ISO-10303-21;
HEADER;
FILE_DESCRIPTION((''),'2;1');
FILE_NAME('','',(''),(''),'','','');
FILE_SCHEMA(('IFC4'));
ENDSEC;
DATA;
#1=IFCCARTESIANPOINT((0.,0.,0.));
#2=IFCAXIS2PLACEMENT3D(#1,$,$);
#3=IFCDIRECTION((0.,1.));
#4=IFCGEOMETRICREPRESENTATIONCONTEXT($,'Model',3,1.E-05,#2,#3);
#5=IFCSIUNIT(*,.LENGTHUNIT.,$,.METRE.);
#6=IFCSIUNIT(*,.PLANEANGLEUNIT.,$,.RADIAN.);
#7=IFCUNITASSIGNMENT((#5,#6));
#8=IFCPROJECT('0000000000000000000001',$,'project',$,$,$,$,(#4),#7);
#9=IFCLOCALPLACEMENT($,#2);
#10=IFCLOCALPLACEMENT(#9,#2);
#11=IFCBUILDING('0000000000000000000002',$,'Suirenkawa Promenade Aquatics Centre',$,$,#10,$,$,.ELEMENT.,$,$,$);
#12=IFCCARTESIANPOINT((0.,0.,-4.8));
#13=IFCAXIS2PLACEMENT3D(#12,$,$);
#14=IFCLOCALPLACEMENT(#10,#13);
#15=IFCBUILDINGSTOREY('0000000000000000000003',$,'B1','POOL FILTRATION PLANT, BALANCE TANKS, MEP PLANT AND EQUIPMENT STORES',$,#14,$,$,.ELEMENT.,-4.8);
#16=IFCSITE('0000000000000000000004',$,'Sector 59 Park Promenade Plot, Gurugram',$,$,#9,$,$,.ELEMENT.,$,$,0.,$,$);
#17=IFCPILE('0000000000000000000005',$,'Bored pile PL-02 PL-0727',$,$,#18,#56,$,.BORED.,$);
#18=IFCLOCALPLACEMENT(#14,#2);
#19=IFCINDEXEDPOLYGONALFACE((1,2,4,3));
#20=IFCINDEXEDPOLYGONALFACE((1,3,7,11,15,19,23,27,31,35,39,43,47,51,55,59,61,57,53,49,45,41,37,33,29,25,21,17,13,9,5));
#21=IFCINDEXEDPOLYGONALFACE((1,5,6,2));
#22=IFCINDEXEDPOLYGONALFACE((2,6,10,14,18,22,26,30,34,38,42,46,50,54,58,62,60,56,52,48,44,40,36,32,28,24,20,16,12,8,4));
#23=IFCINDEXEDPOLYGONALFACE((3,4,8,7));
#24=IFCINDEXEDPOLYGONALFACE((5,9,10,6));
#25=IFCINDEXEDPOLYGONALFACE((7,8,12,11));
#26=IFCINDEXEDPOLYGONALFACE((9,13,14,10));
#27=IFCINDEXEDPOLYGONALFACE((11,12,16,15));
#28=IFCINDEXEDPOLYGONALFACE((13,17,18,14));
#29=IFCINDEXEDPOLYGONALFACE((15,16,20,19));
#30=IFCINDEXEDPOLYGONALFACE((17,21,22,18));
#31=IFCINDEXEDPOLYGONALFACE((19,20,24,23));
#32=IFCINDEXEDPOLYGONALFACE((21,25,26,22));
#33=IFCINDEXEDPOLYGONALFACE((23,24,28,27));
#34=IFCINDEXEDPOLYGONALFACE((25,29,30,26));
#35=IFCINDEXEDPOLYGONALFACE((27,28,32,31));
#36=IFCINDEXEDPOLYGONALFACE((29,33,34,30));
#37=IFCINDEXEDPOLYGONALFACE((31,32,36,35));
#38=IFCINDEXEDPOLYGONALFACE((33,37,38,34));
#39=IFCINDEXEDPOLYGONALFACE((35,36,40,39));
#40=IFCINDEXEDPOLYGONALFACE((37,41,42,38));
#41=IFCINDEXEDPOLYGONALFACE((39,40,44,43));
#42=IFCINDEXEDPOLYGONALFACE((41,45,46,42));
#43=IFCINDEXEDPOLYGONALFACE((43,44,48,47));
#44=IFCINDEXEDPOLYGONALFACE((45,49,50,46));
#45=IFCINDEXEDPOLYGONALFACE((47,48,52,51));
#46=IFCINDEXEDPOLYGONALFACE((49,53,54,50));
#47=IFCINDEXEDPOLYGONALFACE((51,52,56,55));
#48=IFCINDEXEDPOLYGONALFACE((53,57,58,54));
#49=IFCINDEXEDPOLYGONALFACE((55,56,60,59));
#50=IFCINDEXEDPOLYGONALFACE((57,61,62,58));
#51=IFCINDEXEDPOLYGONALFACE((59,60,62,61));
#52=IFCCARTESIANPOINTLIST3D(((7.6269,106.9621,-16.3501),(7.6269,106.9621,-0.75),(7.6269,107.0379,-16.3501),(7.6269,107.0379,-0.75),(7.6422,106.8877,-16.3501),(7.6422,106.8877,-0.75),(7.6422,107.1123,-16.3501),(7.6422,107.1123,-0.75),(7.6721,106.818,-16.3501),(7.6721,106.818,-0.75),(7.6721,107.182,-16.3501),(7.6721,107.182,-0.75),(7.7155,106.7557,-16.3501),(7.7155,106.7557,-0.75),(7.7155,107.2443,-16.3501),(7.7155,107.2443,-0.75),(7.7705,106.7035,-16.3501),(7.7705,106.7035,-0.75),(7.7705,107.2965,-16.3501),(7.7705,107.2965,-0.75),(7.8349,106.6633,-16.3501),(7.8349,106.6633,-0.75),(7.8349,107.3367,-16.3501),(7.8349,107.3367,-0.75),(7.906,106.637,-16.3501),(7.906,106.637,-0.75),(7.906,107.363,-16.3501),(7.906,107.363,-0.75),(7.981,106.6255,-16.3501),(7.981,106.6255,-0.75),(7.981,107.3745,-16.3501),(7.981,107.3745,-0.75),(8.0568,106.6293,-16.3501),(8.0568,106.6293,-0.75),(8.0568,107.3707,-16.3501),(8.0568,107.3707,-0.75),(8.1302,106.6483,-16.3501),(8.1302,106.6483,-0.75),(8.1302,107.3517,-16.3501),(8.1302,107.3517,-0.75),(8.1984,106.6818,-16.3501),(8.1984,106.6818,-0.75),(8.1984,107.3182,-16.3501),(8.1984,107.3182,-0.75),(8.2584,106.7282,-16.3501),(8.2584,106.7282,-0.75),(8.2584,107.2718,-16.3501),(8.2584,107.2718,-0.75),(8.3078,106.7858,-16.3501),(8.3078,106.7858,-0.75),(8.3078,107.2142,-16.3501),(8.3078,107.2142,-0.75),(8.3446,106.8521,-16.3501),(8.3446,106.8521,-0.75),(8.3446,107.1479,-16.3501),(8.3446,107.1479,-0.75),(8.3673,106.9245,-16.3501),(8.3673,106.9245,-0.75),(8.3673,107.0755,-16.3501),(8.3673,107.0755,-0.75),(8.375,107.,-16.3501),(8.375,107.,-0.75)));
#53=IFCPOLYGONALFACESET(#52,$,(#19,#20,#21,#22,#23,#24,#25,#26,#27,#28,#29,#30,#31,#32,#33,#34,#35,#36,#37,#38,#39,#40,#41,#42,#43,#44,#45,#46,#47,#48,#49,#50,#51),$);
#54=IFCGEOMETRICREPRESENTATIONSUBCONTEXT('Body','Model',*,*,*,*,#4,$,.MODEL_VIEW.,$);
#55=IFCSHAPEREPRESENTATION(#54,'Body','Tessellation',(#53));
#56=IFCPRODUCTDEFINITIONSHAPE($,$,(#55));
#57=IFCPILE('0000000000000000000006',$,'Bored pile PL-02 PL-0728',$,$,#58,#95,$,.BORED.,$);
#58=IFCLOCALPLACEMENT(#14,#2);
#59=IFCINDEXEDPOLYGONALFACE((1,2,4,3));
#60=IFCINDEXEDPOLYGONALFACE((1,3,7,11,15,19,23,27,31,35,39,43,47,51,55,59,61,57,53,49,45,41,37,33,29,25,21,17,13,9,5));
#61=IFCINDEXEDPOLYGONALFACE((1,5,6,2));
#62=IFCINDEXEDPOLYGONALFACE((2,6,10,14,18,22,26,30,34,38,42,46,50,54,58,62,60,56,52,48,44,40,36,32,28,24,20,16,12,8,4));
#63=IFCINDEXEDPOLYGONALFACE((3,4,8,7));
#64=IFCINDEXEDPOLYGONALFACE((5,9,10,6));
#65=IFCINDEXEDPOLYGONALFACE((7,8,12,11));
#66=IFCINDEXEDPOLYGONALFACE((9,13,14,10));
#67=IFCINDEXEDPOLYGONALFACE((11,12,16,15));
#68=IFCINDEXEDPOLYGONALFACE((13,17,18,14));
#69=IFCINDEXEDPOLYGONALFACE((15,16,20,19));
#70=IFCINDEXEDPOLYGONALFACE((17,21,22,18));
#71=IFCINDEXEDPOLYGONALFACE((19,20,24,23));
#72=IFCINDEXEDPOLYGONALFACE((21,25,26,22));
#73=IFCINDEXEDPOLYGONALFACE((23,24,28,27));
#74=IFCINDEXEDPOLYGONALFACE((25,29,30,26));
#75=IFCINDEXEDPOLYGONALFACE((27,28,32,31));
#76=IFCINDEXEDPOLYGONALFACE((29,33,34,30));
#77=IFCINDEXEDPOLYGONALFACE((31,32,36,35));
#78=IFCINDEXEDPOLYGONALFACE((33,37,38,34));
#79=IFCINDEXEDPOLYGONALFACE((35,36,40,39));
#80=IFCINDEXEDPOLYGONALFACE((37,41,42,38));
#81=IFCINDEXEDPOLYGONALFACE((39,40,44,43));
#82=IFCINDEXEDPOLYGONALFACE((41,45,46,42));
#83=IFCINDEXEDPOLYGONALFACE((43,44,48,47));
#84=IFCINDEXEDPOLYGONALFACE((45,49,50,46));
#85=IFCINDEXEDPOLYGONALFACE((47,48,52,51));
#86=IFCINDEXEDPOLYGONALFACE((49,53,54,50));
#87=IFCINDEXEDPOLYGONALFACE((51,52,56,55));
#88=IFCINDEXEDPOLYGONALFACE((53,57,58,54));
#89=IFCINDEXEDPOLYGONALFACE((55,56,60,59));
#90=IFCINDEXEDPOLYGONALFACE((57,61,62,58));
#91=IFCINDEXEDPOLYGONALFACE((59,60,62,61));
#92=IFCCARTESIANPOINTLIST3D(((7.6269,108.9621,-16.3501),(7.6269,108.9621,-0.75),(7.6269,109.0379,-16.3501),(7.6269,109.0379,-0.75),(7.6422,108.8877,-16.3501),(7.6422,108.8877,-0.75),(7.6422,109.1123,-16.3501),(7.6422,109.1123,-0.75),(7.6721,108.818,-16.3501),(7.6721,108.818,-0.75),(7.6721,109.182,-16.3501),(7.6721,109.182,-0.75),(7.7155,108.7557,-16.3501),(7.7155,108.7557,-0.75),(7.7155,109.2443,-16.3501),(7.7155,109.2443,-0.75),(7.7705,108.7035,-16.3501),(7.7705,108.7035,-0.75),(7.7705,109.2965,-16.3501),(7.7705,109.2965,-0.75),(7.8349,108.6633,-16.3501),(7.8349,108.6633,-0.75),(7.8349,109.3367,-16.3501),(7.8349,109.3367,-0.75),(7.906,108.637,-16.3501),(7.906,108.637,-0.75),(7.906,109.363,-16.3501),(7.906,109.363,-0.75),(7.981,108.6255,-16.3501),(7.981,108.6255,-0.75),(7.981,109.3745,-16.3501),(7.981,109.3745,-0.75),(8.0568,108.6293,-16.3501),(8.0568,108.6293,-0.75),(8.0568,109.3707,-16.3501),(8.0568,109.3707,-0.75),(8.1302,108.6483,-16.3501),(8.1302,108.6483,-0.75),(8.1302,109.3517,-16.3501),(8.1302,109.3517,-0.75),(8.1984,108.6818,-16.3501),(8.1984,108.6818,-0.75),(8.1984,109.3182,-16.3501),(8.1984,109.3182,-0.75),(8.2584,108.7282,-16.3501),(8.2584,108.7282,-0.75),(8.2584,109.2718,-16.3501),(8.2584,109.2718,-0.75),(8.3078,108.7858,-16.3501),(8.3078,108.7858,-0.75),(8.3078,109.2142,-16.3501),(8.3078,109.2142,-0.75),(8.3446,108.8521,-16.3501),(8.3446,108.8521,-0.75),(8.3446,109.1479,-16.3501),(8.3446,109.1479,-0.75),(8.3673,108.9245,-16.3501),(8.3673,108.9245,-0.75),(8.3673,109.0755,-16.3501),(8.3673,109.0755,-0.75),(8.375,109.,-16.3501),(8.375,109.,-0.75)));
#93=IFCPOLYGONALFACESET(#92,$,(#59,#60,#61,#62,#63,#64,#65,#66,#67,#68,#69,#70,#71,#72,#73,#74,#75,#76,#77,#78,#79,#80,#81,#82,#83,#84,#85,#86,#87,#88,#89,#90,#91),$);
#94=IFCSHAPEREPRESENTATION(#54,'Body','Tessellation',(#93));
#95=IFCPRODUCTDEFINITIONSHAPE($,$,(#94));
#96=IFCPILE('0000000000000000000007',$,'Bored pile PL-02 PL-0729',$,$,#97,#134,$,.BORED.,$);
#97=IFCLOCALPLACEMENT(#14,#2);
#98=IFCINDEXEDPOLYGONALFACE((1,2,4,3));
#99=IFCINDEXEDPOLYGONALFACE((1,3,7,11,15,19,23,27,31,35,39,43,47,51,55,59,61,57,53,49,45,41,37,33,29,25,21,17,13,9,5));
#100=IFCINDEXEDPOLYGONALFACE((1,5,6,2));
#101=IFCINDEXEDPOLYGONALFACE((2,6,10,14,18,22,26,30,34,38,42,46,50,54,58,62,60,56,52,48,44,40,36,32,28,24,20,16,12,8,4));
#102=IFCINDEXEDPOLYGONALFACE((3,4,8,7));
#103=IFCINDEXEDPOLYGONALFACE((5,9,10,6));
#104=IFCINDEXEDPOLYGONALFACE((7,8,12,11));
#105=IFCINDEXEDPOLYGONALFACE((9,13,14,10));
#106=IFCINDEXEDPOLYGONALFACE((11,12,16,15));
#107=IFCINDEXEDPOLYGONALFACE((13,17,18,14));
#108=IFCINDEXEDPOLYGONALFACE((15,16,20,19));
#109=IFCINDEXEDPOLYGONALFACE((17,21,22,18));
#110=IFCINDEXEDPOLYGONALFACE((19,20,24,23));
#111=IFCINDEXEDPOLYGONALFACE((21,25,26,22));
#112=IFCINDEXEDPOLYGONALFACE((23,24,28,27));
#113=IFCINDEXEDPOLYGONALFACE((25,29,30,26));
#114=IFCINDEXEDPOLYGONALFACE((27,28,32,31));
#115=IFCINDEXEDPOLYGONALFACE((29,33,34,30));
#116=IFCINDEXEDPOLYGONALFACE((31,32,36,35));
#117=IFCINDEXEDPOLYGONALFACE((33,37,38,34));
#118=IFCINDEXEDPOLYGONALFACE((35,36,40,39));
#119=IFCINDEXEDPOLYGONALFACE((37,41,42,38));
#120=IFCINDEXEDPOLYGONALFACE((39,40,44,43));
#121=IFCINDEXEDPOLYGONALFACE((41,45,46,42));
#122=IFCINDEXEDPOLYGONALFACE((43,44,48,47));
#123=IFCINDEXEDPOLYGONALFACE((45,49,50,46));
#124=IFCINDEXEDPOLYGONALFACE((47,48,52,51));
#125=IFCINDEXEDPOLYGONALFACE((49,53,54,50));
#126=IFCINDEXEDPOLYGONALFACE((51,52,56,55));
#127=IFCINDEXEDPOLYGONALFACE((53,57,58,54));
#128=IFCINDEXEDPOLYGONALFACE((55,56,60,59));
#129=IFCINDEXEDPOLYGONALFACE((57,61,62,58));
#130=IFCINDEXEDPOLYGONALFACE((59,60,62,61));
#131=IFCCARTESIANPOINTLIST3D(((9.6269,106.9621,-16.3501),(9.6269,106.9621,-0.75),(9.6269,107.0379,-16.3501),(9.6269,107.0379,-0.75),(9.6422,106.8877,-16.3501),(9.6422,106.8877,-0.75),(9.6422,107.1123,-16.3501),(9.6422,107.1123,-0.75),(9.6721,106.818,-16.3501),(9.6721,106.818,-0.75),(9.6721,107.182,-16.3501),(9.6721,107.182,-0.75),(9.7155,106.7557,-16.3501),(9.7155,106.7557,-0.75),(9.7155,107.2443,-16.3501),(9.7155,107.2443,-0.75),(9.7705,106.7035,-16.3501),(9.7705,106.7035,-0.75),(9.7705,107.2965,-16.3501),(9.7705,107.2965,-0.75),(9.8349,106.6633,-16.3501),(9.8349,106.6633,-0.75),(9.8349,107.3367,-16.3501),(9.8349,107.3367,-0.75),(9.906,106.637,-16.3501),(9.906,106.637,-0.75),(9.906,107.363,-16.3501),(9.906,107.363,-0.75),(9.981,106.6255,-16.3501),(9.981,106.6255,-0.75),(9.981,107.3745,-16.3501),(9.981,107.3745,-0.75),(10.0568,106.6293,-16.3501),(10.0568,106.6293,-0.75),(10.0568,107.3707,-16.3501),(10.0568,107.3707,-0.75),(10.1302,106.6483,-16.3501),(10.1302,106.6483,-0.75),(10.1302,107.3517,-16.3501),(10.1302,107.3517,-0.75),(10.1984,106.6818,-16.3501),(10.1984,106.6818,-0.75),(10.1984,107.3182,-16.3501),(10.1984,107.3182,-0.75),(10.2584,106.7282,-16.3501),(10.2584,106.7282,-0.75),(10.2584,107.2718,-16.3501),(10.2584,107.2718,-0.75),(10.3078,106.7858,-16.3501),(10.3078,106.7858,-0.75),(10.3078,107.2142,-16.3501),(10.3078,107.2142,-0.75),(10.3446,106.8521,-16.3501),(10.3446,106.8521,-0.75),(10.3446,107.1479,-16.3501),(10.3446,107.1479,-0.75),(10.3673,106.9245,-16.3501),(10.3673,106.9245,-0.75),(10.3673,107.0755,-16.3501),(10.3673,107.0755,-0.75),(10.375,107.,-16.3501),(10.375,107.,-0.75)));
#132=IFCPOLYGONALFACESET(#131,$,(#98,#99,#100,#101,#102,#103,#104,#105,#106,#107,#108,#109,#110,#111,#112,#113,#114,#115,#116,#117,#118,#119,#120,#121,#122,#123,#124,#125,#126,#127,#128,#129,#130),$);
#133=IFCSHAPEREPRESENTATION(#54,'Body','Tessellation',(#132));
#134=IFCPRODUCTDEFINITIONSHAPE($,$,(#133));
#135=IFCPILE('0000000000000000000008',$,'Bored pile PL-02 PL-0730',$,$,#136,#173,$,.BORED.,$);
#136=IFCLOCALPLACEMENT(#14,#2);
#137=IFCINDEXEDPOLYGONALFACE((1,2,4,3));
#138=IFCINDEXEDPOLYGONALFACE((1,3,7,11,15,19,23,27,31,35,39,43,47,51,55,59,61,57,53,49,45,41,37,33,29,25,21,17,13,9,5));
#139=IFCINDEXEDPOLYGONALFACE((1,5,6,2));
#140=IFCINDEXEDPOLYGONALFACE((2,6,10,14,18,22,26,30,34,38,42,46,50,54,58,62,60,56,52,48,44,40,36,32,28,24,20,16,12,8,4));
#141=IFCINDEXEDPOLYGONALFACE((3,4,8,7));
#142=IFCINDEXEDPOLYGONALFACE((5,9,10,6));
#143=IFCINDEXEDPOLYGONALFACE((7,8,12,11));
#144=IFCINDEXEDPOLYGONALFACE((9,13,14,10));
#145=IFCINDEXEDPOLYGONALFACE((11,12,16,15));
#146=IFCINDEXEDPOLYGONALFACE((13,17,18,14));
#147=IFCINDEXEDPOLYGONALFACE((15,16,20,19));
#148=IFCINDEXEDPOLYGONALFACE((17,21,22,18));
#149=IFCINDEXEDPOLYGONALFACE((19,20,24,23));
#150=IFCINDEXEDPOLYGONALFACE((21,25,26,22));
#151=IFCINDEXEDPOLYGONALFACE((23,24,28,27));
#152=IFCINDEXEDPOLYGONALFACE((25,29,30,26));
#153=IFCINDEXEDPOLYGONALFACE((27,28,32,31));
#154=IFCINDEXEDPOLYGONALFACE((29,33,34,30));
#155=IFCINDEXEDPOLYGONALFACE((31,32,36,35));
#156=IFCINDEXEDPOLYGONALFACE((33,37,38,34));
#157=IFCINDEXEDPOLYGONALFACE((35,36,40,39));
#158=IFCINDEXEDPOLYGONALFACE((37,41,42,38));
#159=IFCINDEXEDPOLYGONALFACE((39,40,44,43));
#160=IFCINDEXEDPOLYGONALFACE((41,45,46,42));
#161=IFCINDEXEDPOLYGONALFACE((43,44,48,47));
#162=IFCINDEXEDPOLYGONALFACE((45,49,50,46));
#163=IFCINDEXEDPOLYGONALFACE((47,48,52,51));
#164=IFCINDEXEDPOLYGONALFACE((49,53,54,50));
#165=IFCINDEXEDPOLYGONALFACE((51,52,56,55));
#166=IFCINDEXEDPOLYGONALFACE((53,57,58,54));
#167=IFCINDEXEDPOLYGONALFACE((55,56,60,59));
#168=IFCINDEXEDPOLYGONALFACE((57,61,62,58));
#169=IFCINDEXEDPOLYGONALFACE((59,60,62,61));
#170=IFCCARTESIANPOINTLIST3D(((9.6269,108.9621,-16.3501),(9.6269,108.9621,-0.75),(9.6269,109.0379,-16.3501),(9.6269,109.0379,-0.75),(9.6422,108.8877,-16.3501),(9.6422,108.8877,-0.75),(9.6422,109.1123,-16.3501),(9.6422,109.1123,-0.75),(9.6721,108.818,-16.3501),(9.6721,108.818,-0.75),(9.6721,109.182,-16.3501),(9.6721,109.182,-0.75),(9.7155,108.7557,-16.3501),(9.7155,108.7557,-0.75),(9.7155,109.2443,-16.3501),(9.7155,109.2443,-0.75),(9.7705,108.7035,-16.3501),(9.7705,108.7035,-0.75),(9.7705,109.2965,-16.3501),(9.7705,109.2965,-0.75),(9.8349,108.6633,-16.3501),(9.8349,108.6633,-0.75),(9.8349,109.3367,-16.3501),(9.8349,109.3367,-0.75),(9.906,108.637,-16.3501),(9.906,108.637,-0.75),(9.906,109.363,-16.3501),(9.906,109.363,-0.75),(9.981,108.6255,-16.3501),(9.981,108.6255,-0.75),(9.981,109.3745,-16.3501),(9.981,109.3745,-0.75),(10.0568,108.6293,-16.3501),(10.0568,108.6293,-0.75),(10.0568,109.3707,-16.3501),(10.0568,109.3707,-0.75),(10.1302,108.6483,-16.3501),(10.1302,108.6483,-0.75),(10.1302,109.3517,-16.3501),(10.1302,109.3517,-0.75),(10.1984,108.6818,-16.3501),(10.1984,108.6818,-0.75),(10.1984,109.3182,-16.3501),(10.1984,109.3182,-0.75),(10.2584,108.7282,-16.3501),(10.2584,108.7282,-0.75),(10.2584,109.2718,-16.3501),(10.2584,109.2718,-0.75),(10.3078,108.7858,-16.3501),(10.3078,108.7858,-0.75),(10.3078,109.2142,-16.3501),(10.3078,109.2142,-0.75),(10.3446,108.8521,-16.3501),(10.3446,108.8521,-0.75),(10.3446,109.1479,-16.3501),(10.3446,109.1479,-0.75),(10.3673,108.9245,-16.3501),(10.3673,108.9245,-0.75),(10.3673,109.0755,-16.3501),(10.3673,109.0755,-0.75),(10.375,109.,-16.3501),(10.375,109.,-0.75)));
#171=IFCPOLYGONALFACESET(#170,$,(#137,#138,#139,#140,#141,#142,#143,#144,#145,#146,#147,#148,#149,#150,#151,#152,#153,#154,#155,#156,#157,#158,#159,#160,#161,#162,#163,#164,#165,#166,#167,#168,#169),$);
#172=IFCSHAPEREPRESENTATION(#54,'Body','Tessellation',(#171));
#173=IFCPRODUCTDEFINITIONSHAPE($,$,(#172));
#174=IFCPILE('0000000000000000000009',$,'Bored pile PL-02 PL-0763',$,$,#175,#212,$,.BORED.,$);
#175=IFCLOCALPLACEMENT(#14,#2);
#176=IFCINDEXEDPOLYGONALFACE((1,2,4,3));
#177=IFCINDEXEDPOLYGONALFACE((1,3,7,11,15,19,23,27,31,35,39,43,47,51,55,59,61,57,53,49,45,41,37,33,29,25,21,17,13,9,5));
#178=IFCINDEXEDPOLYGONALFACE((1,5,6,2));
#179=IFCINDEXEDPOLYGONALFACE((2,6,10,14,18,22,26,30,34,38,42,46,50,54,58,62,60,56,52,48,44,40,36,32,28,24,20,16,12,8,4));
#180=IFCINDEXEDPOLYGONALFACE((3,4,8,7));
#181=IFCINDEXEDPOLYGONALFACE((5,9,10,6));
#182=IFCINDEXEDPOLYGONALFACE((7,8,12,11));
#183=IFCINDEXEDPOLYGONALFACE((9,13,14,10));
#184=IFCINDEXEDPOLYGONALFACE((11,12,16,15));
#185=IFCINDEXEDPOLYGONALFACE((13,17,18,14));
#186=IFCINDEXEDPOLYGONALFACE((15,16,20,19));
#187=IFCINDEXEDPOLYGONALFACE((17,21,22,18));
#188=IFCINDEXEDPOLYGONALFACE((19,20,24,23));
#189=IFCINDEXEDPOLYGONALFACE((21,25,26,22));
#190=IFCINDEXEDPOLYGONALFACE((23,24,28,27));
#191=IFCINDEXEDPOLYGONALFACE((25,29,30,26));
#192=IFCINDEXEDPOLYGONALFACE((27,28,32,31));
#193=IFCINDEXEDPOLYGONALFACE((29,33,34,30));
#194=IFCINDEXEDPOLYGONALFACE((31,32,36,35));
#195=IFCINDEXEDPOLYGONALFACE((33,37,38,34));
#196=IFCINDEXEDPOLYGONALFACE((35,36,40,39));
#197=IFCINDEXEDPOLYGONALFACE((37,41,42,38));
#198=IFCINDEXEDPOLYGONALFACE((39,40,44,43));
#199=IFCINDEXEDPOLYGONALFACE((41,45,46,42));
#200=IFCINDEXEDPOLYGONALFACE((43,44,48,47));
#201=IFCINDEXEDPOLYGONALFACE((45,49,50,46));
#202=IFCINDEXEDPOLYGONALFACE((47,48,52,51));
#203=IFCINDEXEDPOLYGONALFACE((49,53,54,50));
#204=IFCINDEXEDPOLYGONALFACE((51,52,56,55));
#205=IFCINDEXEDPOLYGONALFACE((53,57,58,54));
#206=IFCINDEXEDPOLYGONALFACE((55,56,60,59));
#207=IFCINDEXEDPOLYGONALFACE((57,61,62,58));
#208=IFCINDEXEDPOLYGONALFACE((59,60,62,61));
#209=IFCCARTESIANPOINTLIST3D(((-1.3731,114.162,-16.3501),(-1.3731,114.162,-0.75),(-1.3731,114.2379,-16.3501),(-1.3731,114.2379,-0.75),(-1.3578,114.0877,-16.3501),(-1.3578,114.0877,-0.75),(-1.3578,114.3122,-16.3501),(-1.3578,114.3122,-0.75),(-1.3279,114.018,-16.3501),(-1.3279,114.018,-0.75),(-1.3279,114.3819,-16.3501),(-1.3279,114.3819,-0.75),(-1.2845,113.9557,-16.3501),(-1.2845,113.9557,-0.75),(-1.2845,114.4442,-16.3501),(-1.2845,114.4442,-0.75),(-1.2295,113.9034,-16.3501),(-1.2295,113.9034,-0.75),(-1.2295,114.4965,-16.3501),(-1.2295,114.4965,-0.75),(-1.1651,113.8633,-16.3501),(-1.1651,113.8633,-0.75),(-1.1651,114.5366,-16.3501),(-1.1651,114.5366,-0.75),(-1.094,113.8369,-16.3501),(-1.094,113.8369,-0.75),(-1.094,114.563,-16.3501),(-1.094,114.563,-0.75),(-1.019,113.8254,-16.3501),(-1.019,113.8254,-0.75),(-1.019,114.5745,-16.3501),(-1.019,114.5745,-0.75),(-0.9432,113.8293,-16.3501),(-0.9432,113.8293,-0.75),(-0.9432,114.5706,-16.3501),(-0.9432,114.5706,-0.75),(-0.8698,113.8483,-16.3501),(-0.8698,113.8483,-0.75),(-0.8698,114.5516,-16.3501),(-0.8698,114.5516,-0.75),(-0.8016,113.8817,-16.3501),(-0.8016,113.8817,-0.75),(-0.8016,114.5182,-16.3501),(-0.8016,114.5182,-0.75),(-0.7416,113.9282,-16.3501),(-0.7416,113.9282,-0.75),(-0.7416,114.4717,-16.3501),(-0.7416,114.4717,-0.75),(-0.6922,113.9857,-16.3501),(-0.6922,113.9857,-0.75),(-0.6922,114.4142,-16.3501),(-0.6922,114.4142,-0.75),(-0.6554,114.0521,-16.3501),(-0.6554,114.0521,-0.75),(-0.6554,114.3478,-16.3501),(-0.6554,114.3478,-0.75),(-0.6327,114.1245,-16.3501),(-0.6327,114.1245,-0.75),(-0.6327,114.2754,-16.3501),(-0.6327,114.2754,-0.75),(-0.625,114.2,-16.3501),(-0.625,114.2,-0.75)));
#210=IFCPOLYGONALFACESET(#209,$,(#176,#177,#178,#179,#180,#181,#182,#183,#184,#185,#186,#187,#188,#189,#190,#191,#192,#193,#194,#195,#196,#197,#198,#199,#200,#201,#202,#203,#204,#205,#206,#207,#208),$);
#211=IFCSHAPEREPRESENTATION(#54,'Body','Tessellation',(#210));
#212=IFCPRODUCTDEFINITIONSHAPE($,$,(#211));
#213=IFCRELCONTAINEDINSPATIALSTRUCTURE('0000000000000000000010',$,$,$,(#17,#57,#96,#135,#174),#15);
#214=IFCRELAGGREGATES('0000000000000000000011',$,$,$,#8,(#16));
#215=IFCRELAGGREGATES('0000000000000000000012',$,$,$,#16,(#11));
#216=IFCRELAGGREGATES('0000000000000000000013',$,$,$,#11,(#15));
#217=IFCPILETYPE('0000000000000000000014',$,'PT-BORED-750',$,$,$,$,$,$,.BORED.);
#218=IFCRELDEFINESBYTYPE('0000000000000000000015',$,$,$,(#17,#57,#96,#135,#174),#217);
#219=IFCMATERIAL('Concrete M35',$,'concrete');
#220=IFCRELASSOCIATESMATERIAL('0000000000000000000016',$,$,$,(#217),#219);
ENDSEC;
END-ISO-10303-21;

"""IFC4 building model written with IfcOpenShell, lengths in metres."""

from ifc_helpers import new_model, si_unit, direction, frame, origin, origin_2d, place, context, subcontext, project, spatial, circle, extrude, material, material_profile, profile_set, type_object, element, save


model = new_model("IFC4")

# Units and contexts
model_context = context("Model", 3, precision=1e-05, world=origin(), true_north=direction((0.0, 1.0)))
body_context = subcontext(model_context, "Body", "Model", "MODEL_VIEW")
ifc_project = project(units=[si_unit("LENGTHUNIT", "METRE"), si_unit("PLANEANGLEUNIT", "RADIAN")], contexts=[model_context])

# Site, building, storey
site_placement = place(None, origin())
site = spatial("IfcSite", under=ifc_project, at=site_placement, Name="Sector 59 Park Promenade Plot, Gurugram", CompositionType="ELEMENT", RefElevation=0.0)
building_placement = place(site_placement, origin())
building = spatial("IfcBuilding", under=site, at=building_placement, Name="Suirenkawa Promenade Aquatics Centre", CompositionType="ELEMENT")
storey_placement = place(building_placement, frame((0.0, 0.0, -4.8)))
storey = spatial("IfcBuildingStorey", under=building, at=storey_placement, Name="B1", Description="POOL FILTRATION PLANT, BALANCE TANKS, MEP PLANT AND EQUIPMENT STORES", CompositionType="ELEMENT", Elevation=-4.8)

# Shared definitions
ifc_material_1 = material(Name="Concrete M35", Category="concrete")

# Piles
ifc_material_profile_1 = material_profile(ifc_material_1, circle(Radius=0.375, at=origin_2d()), Name="PILE D750", Category="concrete")
ifc_profile_set_1 = profile_set([ifc_material_profile_1], Name="Concrete M35")
pile_type = type_object("IfcPileType", Name="PT-BORED-750", PredefinedType="BORED", material=ifc_profile_set_1)
for number, where, z_axis, x_axis, name in (
    (1, (8.0, 107.0, -0.75), (0.0, 0.0, -1.0), (1.0, 0.0, 0.0), "Bored pile PL-02 PL-0727"),
    (2, (8.0, 109.0, -0.75), (0.0, 0.0, -1.0), (1.0, 0.0, 0.0), "Bored pile PL-02 PL-0728"),
    (3, (10.0, 107.0, -0.75), (0.0, 0.0, -1.0), (1.0, 0.0, 0.0), "Bored pile PL-02 PL-0729"),
    (4, (10.0, 109.0, -0.75), (0.0, 0.0, -1.0), (1.0, 0.0, 0.0), "Bored pile PL-02 PL-0730"),
    (5, (-1.0, 114.2, -0.75), (0.0, 0.0, -1.0), (1.0, 0.0, 0.0), "Bored pile PL-02 PL-0763"),
):
    element("IfcPile", number, at=place(storey_placement, frame(where, z_axis=z_axis, x_axis=x_axis)), inside=storey, type_object=pile_type, Name=name, PredefinedType="BORED", context=body_context, shape_type="SweptSolid", body=[
        extrude(circle(Radius=0.375, at=origin_2d()), origin(), (0.0, 0.0, 1.0), 15.6001),
    ])

save(model, "model.ifc")
